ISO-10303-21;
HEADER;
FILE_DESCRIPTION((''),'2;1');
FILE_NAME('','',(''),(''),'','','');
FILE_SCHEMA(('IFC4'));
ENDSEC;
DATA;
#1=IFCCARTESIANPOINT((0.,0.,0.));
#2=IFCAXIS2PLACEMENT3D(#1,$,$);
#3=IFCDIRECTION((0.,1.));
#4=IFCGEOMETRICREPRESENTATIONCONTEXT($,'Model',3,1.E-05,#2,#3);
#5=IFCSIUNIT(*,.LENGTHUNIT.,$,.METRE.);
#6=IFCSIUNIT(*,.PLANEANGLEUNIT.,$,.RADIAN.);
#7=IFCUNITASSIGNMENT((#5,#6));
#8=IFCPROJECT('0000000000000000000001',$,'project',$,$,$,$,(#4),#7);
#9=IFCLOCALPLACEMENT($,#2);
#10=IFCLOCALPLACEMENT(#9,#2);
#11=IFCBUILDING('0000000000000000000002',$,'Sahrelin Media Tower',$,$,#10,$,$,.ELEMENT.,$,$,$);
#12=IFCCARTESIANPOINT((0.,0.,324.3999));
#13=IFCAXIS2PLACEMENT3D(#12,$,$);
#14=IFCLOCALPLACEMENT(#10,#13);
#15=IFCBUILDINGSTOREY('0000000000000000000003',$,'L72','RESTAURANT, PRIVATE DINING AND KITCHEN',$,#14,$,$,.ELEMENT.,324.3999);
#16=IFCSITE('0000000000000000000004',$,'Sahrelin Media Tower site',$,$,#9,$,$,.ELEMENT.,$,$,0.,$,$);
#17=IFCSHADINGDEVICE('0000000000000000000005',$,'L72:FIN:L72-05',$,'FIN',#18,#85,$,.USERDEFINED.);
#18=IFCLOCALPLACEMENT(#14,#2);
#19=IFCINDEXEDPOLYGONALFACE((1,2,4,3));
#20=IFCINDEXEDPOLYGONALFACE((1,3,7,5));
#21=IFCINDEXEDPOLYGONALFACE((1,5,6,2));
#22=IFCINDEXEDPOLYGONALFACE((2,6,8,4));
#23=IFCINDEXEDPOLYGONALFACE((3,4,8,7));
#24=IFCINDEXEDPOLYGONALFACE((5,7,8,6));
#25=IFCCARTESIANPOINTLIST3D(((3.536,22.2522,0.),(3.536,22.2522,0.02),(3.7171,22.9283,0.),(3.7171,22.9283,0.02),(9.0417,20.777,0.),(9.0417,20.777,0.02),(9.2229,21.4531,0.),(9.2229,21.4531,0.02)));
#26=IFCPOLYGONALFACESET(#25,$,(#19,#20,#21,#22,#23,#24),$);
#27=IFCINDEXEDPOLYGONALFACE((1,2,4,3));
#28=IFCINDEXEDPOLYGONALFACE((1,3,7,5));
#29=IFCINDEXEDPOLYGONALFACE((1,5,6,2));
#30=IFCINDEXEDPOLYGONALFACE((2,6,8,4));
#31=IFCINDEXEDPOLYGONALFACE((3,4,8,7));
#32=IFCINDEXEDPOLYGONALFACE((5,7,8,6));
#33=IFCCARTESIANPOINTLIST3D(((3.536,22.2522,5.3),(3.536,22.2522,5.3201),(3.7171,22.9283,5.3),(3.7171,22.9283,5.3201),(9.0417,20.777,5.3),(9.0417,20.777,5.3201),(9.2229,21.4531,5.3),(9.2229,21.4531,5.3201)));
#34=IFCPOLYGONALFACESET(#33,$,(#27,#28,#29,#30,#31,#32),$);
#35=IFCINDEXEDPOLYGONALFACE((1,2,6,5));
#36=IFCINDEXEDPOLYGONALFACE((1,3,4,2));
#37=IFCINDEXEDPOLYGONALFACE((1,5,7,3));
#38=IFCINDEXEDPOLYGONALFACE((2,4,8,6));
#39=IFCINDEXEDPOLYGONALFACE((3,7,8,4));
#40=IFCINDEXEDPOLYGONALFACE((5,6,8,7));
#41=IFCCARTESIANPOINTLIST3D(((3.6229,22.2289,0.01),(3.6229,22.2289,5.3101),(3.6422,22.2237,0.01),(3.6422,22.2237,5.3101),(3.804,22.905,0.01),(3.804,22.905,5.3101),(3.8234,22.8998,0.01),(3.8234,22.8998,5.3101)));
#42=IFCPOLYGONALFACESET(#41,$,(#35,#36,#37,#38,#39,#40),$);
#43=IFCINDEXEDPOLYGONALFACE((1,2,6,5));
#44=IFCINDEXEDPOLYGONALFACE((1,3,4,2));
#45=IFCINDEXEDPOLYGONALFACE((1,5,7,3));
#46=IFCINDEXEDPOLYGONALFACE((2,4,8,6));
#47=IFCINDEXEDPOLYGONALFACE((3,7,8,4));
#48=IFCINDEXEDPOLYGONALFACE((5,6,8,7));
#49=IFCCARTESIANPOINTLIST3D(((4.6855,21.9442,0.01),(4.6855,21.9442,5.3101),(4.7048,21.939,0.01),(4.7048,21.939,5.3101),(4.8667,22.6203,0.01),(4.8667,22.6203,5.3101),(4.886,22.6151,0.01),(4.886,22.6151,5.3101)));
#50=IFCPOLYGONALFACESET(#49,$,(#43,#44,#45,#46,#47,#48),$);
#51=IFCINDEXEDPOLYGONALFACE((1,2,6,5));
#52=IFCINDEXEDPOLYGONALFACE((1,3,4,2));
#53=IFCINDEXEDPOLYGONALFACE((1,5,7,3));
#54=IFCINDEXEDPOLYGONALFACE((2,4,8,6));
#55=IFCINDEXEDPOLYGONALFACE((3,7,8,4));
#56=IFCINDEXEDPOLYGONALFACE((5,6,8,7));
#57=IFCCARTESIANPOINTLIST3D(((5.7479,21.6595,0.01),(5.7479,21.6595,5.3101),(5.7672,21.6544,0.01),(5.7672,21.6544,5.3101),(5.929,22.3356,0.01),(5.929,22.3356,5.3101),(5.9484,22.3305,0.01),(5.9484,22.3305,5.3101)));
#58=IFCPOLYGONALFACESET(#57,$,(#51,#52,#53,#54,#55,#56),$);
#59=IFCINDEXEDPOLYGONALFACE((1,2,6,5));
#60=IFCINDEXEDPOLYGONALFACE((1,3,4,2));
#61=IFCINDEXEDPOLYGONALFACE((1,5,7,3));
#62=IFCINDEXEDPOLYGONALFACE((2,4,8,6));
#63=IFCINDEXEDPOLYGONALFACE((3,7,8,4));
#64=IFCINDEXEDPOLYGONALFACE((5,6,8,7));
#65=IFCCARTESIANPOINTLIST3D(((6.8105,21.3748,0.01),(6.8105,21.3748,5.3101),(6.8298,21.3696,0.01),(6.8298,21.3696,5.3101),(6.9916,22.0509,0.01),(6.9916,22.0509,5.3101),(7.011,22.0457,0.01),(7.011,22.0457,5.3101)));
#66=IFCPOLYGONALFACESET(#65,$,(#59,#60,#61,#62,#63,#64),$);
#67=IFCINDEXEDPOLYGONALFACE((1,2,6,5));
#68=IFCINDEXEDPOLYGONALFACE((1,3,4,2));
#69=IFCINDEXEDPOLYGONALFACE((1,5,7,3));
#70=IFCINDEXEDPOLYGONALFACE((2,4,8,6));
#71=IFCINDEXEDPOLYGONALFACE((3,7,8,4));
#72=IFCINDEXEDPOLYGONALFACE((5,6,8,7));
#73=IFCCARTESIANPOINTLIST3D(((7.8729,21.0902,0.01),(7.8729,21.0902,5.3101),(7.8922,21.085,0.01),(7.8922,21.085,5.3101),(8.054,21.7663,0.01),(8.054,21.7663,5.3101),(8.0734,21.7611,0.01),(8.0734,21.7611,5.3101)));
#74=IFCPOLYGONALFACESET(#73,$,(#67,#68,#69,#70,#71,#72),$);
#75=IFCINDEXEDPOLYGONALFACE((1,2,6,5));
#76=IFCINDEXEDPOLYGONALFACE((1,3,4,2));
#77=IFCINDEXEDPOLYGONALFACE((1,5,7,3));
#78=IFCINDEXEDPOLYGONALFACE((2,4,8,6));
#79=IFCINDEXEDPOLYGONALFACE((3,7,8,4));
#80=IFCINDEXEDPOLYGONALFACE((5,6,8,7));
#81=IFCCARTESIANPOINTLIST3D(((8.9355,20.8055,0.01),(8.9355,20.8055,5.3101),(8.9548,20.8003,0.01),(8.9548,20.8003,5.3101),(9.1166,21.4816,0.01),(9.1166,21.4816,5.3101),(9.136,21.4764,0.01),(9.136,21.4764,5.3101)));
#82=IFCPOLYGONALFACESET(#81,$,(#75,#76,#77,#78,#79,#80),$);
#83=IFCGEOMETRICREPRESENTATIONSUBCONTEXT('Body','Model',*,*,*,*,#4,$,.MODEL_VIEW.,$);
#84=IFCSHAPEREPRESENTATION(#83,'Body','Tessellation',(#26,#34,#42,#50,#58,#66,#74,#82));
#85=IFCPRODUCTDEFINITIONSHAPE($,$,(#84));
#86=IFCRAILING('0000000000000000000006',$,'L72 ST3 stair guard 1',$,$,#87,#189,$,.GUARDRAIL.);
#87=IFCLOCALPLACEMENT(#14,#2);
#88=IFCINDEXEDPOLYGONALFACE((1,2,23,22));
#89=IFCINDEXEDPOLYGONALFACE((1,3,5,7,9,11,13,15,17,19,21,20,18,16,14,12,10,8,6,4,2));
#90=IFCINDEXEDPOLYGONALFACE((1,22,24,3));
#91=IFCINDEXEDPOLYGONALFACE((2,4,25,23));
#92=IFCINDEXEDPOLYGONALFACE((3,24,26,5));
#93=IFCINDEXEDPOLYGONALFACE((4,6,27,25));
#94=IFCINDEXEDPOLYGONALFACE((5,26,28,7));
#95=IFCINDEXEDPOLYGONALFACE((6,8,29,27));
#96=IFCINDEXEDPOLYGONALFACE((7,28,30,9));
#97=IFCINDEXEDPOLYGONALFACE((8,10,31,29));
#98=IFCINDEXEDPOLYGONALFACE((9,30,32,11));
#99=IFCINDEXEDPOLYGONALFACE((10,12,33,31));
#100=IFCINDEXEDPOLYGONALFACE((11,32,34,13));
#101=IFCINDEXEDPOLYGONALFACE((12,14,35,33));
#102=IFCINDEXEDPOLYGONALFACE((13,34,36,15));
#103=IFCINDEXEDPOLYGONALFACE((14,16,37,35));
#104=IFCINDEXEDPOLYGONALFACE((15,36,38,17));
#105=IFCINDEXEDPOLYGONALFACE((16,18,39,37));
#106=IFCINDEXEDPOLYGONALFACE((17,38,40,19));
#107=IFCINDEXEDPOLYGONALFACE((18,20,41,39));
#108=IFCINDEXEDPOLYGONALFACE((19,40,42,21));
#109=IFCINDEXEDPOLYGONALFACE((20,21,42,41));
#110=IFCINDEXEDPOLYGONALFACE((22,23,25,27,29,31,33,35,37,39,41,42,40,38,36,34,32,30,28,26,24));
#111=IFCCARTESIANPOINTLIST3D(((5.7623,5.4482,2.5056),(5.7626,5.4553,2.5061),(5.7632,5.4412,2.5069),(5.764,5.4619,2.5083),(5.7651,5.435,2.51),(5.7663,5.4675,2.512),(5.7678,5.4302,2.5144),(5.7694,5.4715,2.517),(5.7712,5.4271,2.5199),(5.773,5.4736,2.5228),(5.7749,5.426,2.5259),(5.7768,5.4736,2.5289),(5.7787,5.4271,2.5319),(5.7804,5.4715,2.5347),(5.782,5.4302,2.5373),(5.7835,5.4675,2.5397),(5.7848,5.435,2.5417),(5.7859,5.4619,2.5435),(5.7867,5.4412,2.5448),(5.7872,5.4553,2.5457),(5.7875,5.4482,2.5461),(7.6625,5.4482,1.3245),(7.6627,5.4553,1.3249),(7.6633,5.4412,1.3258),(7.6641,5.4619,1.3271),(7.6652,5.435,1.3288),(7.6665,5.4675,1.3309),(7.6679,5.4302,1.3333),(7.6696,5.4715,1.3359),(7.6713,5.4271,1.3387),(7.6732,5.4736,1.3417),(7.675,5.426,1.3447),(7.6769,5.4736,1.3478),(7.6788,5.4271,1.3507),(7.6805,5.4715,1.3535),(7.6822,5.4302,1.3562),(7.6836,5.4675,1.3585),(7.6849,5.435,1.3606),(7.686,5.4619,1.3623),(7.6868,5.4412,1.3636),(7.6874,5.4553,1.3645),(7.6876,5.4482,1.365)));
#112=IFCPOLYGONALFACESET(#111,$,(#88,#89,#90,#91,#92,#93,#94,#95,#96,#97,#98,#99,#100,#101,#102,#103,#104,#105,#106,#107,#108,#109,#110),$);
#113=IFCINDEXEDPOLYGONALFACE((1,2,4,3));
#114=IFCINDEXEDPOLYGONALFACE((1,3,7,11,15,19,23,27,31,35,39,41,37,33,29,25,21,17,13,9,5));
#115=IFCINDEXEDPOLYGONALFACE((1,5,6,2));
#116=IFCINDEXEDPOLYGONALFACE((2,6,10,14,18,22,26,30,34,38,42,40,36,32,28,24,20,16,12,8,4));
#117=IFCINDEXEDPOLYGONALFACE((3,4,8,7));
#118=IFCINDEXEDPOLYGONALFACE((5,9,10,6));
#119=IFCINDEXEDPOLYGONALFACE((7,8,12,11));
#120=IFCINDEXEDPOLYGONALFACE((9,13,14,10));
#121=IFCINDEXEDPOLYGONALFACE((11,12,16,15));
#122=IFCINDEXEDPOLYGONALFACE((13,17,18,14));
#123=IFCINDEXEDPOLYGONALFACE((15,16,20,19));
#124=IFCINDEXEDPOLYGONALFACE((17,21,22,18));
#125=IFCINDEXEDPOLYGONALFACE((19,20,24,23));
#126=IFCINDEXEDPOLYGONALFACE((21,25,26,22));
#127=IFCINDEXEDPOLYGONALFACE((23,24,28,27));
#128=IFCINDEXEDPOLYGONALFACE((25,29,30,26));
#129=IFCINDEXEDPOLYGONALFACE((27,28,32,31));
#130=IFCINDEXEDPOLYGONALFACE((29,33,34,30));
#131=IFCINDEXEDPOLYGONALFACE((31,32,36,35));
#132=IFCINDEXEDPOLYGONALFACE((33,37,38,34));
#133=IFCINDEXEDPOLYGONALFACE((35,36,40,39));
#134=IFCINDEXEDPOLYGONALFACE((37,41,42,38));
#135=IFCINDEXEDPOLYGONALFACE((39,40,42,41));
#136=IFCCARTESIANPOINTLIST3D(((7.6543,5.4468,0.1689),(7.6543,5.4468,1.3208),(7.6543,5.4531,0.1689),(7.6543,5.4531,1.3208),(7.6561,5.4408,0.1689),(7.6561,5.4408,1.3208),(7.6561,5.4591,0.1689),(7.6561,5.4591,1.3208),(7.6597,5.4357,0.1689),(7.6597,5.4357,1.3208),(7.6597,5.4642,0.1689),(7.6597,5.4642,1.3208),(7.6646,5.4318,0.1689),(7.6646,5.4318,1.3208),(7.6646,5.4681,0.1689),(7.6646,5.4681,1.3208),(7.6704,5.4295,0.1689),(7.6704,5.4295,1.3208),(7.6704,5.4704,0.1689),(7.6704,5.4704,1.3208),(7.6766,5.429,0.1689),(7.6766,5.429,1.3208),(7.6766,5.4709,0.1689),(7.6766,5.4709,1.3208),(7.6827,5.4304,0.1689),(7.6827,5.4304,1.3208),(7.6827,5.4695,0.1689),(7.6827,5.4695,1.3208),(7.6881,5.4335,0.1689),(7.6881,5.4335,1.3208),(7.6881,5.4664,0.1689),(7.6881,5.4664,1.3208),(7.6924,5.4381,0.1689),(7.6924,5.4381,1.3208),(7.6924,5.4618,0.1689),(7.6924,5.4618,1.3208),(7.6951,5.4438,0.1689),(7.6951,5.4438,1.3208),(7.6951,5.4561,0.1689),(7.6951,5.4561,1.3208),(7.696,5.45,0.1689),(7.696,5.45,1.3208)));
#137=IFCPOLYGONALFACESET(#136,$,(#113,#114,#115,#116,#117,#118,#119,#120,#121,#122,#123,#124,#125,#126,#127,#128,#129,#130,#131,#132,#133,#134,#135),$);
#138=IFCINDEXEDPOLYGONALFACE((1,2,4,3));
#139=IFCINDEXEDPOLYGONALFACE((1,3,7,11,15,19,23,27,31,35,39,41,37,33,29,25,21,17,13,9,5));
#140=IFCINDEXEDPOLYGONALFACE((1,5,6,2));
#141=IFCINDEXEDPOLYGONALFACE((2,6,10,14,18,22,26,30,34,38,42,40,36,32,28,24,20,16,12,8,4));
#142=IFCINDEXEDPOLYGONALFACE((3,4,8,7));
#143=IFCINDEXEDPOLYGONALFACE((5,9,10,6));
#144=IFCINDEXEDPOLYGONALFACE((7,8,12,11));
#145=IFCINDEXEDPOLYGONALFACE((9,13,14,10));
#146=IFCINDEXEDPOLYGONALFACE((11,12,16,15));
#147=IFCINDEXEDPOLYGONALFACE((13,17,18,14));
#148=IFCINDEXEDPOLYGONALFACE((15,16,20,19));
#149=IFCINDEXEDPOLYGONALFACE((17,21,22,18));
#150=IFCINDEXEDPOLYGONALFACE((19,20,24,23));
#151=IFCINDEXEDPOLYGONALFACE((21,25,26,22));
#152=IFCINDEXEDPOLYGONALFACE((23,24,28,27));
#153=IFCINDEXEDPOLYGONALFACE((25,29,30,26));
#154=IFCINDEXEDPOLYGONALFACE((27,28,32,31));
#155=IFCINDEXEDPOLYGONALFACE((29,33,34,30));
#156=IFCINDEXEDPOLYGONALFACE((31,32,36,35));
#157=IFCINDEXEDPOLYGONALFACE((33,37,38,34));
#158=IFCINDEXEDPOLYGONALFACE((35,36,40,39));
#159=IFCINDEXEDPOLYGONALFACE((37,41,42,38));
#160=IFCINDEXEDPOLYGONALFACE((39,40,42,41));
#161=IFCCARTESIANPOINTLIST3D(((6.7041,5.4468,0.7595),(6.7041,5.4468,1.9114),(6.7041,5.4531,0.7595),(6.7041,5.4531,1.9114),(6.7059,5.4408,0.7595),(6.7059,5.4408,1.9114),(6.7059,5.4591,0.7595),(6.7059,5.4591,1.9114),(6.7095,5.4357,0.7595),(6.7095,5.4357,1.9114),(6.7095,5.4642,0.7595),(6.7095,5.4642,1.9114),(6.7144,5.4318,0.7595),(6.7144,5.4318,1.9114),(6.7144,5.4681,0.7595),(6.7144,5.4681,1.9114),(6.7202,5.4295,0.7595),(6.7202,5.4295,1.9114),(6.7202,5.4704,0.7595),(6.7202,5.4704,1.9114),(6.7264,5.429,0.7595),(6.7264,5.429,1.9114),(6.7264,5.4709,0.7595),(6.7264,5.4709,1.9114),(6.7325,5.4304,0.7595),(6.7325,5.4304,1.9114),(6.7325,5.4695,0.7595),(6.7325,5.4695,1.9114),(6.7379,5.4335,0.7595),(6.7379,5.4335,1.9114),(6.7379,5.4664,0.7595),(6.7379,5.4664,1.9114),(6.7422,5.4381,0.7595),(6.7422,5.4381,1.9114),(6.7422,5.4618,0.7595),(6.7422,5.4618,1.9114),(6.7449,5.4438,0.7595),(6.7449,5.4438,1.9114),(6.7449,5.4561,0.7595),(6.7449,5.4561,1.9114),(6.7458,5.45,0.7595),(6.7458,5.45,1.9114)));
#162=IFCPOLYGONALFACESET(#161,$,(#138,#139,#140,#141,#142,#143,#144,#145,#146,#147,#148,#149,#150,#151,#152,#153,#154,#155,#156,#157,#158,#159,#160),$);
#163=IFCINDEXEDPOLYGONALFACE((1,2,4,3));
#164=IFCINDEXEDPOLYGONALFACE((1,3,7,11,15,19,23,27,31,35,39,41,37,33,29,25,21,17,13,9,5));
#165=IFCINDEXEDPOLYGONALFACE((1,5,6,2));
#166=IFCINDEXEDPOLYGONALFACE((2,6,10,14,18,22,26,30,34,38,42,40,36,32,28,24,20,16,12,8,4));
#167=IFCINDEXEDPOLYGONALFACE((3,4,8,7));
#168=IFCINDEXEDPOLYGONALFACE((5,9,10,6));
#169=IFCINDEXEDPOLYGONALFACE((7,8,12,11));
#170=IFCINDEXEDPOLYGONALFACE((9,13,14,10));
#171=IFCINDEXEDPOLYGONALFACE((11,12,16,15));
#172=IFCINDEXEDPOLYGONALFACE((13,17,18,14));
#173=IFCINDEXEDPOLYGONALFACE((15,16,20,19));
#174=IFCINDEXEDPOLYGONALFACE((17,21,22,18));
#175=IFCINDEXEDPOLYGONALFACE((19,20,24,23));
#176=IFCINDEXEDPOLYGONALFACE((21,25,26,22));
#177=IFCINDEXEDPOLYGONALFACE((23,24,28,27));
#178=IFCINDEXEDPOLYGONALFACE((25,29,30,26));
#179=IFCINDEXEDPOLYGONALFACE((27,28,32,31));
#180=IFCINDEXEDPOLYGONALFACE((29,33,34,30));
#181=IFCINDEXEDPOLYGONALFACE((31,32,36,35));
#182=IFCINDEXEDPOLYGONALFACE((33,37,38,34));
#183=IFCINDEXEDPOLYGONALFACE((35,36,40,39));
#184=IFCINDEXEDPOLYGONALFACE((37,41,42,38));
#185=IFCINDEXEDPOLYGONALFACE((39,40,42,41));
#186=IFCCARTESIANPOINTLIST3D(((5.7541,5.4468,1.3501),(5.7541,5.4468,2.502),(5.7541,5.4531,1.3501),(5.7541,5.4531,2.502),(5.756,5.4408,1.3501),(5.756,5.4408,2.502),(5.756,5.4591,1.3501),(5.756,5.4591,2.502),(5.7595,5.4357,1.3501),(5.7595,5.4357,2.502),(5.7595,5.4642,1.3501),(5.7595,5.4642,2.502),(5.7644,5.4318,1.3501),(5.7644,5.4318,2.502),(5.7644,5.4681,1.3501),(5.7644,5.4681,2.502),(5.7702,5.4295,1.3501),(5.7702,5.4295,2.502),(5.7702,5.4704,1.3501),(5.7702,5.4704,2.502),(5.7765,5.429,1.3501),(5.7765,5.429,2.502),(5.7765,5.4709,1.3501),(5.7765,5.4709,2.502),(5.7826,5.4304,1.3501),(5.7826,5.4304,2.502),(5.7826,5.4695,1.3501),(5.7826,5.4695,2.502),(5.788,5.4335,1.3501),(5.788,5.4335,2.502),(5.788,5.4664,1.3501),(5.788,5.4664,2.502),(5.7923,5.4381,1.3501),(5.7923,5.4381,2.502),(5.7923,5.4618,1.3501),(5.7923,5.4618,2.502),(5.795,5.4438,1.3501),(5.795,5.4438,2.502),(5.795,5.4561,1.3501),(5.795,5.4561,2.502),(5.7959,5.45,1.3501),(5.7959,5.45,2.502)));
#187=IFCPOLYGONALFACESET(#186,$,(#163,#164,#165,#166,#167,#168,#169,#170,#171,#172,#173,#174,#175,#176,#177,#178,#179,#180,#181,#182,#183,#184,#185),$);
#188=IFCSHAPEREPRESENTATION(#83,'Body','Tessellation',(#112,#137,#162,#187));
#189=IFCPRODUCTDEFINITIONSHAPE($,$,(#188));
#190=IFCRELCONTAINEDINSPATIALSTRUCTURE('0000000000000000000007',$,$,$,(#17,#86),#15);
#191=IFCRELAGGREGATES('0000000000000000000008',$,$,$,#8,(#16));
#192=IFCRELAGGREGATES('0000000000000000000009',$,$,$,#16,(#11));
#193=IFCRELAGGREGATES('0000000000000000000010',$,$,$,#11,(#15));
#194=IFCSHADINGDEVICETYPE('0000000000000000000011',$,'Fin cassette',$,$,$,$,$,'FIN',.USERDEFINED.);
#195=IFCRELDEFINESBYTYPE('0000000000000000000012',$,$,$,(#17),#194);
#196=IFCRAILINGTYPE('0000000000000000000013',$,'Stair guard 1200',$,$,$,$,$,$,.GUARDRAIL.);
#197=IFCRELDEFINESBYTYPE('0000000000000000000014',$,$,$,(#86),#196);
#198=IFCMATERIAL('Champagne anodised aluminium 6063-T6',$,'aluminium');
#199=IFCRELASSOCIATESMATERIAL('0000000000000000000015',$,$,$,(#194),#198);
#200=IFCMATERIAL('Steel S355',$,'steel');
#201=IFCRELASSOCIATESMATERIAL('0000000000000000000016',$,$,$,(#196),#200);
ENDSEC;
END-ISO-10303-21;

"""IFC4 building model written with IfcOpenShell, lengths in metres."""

from ifc_helpers import new_model, si_unit, direction, frame, origin, origin_2d, place, context, subcontext, project, spatial, rectangle, circle, extrude, material, type_object, element, save


model = new_model("IFC4")

# Units and contexts
model_context = context("Model", 3, precision=1e-05, world=origin(), true_north=direction((0.0, 1.0)))
body_context = subcontext(model_context, "Body", "Model", "MODEL_VIEW")
ifc_project = project(units=[si_unit("LENGTHUNIT", "METRE"), si_unit("PLANEANGLEUNIT", "RADIAN")], contexts=[model_context])

# Site, building, storey
site_placement = place(None, origin())
site = spatial("IfcSite", under=ifc_project, at=site_placement, Name="Sahrelin Media Tower site", CompositionType="ELEMENT", RefElevation=0.0)
building_placement = place(site_placement, origin())
building = spatial("IfcBuilding", under=site, at=building_placement, Name="Sahrelin Media Tower", CompositionType="ELEMENT")
storey_placement = place(building_placement, frame((0.0, 0.0, 324.3999)))
storey = spatial("IfcBuildingStorey", under=building, at=storey_placement, Name="L72", Description="RESTAURANT, PRIVATE DINING AND KITCHEN", CompositionType="ELEMENT", Elevation=324.3999)

# Shared definitions
ifc_material_1 = material(Name="Steel S355", Category="steel")

# Shared definitions
ifc_material_2 = material(Name="Champagne anodised aluminium 6063-T6", Category="aluminium")

# Shading device
shading_device_type_1 = type_object("IfcShadingDeviceType", Name="Fin cassette", ElementType="FIN", PredefinedType="USERDEFINED", material=ifc_material_2)
placement = place(storey_placement, frame((6.2708, 21.447, 0.0), z_axis=(0.0, 0.0, 1.0), x_axis=(0.965929, -0.258808, 0.0)))
element("IfcShadingDevice", 1, at=placement, inside=storey, type_object=shading_device_type_1, Name="L72:FIN:L72-05", ObjectType="FIN", PredefinedType="USERDEFINED", context=body_context, shape_type="SweptSolid", body=[
    extrude(rectangle(XDim=5.7, YDim=0.7, at=origin_2d()), frame((0.0, 0.4199, 0.0)), (0.0, 0.0, 1.0), 0.02),
    extrude(rectangle(XDim=5.7, YDim=0.7, at=origin_2d()), frame((0.0, 0.4199, 5.3)), (0.0, 0.0, 1.0), 0.02),
    extrude(rectangle(XDim=0.02, YDim=0.7, at=origin_2d()), frame((-2.75, 0.4199, 0.01), z_axis=(0.0, 0.0, 1.0), x_axis=(1.0, 0.0, 0.0)), (0.0, 0.0, 1.0), 5.3),
    extrude(rectangle(XDim=0.02, YDim=0.7, at=origin_2d()), frame((-1.6499, 0.4199, 0.01), z_axis=(0.0, 0.0, 1.0), x_axis=(1.0, 0.0, 0.0)), (0.0, 0.0, 1.0), 5.3),
    extrude(rectangle(XDim=0.02, YDim=0.7, at=origin_2d()), frame((-0.55, 0.4199, 0.01), z_axis=(0.0, 0.0, 1.0), x_axis=(1.0, 0.0, 0.0)), (0.0, 0.0, 1.0), 5.3),
    extrude(rectangle(XDim=0.02, YDim=0.7, at=origin_2d()), frame((0.55, 0.4199, 0.01), z_axis=(0.0, 0.0, 1.0), x_axis=(1.0, 0.0, 0.0)), (0.0, 0.0, 1.0), 5.3),
    extrude(rectangle(XDim=0.02, YDim=0.7, at=origin_2d()), frame((1.6499, 0.4199, 0.01), z_axis=(0.0, 0.0, 1.0), x_axis=(1.0, 0.0, 0.0)), (0.0, 0.0, 1.0), 5.3),
    extrude(rectangle(XDim=0.02, YDim=0.7, at=origin_2d()), frame((2.75, 0.4199, 0.01), z_axis=(0.0, 0.0, 1.0), x_axis=(1.0, 0.0, 0.0)), (0.0, 0.0, 1.0), 5.3),
])

# Railing
railing_type_1 = type_object("IfcRailingType", Name="Stair guard 1200", PredefinedType="GUARDRAIL", material=ifc_material_1)
for number, where, name in (
    (2, (7.675, 5.45, 0.1689), "L72 ST3 stair guard 1"),
):
    element("IfcRailing", number, at=place(storey_placement, frame(where)), inside=storey, type_object=railing_type_1, Name=name, PredefinedType="GUARDRAIL", context=body_context, shape_type="SweptSolid", body=[
        extrude(circle(Radius=0.0239, at=origin_2d()), frame((0.0, 0.0, 1.1758), z_axis=(-0.849289, 0.0, 0.527928), x_axis=(0.0, -1.0, 0.0)), (0.0, 0.0, 1.0), 2.2373),
        extrude(circle(Radius=0.021, at=origin_2d()), origin(), (0.0, 0.0, 1.0), 1.1519),
        extrude(circle(Radius=0.021, at=origin_2d()), frame((-0.9502, 0.0, 0.5906)), (0.0, 0.0, 1.0), 1.1519),
        extrude(circle(Radius=0.021, at=origin_2d()), frame((-1.9001, 0.0, 1.1812)), (0.0, 0.0, 1.0), 1.1519),
    ])

save(model, "model.ifc")
